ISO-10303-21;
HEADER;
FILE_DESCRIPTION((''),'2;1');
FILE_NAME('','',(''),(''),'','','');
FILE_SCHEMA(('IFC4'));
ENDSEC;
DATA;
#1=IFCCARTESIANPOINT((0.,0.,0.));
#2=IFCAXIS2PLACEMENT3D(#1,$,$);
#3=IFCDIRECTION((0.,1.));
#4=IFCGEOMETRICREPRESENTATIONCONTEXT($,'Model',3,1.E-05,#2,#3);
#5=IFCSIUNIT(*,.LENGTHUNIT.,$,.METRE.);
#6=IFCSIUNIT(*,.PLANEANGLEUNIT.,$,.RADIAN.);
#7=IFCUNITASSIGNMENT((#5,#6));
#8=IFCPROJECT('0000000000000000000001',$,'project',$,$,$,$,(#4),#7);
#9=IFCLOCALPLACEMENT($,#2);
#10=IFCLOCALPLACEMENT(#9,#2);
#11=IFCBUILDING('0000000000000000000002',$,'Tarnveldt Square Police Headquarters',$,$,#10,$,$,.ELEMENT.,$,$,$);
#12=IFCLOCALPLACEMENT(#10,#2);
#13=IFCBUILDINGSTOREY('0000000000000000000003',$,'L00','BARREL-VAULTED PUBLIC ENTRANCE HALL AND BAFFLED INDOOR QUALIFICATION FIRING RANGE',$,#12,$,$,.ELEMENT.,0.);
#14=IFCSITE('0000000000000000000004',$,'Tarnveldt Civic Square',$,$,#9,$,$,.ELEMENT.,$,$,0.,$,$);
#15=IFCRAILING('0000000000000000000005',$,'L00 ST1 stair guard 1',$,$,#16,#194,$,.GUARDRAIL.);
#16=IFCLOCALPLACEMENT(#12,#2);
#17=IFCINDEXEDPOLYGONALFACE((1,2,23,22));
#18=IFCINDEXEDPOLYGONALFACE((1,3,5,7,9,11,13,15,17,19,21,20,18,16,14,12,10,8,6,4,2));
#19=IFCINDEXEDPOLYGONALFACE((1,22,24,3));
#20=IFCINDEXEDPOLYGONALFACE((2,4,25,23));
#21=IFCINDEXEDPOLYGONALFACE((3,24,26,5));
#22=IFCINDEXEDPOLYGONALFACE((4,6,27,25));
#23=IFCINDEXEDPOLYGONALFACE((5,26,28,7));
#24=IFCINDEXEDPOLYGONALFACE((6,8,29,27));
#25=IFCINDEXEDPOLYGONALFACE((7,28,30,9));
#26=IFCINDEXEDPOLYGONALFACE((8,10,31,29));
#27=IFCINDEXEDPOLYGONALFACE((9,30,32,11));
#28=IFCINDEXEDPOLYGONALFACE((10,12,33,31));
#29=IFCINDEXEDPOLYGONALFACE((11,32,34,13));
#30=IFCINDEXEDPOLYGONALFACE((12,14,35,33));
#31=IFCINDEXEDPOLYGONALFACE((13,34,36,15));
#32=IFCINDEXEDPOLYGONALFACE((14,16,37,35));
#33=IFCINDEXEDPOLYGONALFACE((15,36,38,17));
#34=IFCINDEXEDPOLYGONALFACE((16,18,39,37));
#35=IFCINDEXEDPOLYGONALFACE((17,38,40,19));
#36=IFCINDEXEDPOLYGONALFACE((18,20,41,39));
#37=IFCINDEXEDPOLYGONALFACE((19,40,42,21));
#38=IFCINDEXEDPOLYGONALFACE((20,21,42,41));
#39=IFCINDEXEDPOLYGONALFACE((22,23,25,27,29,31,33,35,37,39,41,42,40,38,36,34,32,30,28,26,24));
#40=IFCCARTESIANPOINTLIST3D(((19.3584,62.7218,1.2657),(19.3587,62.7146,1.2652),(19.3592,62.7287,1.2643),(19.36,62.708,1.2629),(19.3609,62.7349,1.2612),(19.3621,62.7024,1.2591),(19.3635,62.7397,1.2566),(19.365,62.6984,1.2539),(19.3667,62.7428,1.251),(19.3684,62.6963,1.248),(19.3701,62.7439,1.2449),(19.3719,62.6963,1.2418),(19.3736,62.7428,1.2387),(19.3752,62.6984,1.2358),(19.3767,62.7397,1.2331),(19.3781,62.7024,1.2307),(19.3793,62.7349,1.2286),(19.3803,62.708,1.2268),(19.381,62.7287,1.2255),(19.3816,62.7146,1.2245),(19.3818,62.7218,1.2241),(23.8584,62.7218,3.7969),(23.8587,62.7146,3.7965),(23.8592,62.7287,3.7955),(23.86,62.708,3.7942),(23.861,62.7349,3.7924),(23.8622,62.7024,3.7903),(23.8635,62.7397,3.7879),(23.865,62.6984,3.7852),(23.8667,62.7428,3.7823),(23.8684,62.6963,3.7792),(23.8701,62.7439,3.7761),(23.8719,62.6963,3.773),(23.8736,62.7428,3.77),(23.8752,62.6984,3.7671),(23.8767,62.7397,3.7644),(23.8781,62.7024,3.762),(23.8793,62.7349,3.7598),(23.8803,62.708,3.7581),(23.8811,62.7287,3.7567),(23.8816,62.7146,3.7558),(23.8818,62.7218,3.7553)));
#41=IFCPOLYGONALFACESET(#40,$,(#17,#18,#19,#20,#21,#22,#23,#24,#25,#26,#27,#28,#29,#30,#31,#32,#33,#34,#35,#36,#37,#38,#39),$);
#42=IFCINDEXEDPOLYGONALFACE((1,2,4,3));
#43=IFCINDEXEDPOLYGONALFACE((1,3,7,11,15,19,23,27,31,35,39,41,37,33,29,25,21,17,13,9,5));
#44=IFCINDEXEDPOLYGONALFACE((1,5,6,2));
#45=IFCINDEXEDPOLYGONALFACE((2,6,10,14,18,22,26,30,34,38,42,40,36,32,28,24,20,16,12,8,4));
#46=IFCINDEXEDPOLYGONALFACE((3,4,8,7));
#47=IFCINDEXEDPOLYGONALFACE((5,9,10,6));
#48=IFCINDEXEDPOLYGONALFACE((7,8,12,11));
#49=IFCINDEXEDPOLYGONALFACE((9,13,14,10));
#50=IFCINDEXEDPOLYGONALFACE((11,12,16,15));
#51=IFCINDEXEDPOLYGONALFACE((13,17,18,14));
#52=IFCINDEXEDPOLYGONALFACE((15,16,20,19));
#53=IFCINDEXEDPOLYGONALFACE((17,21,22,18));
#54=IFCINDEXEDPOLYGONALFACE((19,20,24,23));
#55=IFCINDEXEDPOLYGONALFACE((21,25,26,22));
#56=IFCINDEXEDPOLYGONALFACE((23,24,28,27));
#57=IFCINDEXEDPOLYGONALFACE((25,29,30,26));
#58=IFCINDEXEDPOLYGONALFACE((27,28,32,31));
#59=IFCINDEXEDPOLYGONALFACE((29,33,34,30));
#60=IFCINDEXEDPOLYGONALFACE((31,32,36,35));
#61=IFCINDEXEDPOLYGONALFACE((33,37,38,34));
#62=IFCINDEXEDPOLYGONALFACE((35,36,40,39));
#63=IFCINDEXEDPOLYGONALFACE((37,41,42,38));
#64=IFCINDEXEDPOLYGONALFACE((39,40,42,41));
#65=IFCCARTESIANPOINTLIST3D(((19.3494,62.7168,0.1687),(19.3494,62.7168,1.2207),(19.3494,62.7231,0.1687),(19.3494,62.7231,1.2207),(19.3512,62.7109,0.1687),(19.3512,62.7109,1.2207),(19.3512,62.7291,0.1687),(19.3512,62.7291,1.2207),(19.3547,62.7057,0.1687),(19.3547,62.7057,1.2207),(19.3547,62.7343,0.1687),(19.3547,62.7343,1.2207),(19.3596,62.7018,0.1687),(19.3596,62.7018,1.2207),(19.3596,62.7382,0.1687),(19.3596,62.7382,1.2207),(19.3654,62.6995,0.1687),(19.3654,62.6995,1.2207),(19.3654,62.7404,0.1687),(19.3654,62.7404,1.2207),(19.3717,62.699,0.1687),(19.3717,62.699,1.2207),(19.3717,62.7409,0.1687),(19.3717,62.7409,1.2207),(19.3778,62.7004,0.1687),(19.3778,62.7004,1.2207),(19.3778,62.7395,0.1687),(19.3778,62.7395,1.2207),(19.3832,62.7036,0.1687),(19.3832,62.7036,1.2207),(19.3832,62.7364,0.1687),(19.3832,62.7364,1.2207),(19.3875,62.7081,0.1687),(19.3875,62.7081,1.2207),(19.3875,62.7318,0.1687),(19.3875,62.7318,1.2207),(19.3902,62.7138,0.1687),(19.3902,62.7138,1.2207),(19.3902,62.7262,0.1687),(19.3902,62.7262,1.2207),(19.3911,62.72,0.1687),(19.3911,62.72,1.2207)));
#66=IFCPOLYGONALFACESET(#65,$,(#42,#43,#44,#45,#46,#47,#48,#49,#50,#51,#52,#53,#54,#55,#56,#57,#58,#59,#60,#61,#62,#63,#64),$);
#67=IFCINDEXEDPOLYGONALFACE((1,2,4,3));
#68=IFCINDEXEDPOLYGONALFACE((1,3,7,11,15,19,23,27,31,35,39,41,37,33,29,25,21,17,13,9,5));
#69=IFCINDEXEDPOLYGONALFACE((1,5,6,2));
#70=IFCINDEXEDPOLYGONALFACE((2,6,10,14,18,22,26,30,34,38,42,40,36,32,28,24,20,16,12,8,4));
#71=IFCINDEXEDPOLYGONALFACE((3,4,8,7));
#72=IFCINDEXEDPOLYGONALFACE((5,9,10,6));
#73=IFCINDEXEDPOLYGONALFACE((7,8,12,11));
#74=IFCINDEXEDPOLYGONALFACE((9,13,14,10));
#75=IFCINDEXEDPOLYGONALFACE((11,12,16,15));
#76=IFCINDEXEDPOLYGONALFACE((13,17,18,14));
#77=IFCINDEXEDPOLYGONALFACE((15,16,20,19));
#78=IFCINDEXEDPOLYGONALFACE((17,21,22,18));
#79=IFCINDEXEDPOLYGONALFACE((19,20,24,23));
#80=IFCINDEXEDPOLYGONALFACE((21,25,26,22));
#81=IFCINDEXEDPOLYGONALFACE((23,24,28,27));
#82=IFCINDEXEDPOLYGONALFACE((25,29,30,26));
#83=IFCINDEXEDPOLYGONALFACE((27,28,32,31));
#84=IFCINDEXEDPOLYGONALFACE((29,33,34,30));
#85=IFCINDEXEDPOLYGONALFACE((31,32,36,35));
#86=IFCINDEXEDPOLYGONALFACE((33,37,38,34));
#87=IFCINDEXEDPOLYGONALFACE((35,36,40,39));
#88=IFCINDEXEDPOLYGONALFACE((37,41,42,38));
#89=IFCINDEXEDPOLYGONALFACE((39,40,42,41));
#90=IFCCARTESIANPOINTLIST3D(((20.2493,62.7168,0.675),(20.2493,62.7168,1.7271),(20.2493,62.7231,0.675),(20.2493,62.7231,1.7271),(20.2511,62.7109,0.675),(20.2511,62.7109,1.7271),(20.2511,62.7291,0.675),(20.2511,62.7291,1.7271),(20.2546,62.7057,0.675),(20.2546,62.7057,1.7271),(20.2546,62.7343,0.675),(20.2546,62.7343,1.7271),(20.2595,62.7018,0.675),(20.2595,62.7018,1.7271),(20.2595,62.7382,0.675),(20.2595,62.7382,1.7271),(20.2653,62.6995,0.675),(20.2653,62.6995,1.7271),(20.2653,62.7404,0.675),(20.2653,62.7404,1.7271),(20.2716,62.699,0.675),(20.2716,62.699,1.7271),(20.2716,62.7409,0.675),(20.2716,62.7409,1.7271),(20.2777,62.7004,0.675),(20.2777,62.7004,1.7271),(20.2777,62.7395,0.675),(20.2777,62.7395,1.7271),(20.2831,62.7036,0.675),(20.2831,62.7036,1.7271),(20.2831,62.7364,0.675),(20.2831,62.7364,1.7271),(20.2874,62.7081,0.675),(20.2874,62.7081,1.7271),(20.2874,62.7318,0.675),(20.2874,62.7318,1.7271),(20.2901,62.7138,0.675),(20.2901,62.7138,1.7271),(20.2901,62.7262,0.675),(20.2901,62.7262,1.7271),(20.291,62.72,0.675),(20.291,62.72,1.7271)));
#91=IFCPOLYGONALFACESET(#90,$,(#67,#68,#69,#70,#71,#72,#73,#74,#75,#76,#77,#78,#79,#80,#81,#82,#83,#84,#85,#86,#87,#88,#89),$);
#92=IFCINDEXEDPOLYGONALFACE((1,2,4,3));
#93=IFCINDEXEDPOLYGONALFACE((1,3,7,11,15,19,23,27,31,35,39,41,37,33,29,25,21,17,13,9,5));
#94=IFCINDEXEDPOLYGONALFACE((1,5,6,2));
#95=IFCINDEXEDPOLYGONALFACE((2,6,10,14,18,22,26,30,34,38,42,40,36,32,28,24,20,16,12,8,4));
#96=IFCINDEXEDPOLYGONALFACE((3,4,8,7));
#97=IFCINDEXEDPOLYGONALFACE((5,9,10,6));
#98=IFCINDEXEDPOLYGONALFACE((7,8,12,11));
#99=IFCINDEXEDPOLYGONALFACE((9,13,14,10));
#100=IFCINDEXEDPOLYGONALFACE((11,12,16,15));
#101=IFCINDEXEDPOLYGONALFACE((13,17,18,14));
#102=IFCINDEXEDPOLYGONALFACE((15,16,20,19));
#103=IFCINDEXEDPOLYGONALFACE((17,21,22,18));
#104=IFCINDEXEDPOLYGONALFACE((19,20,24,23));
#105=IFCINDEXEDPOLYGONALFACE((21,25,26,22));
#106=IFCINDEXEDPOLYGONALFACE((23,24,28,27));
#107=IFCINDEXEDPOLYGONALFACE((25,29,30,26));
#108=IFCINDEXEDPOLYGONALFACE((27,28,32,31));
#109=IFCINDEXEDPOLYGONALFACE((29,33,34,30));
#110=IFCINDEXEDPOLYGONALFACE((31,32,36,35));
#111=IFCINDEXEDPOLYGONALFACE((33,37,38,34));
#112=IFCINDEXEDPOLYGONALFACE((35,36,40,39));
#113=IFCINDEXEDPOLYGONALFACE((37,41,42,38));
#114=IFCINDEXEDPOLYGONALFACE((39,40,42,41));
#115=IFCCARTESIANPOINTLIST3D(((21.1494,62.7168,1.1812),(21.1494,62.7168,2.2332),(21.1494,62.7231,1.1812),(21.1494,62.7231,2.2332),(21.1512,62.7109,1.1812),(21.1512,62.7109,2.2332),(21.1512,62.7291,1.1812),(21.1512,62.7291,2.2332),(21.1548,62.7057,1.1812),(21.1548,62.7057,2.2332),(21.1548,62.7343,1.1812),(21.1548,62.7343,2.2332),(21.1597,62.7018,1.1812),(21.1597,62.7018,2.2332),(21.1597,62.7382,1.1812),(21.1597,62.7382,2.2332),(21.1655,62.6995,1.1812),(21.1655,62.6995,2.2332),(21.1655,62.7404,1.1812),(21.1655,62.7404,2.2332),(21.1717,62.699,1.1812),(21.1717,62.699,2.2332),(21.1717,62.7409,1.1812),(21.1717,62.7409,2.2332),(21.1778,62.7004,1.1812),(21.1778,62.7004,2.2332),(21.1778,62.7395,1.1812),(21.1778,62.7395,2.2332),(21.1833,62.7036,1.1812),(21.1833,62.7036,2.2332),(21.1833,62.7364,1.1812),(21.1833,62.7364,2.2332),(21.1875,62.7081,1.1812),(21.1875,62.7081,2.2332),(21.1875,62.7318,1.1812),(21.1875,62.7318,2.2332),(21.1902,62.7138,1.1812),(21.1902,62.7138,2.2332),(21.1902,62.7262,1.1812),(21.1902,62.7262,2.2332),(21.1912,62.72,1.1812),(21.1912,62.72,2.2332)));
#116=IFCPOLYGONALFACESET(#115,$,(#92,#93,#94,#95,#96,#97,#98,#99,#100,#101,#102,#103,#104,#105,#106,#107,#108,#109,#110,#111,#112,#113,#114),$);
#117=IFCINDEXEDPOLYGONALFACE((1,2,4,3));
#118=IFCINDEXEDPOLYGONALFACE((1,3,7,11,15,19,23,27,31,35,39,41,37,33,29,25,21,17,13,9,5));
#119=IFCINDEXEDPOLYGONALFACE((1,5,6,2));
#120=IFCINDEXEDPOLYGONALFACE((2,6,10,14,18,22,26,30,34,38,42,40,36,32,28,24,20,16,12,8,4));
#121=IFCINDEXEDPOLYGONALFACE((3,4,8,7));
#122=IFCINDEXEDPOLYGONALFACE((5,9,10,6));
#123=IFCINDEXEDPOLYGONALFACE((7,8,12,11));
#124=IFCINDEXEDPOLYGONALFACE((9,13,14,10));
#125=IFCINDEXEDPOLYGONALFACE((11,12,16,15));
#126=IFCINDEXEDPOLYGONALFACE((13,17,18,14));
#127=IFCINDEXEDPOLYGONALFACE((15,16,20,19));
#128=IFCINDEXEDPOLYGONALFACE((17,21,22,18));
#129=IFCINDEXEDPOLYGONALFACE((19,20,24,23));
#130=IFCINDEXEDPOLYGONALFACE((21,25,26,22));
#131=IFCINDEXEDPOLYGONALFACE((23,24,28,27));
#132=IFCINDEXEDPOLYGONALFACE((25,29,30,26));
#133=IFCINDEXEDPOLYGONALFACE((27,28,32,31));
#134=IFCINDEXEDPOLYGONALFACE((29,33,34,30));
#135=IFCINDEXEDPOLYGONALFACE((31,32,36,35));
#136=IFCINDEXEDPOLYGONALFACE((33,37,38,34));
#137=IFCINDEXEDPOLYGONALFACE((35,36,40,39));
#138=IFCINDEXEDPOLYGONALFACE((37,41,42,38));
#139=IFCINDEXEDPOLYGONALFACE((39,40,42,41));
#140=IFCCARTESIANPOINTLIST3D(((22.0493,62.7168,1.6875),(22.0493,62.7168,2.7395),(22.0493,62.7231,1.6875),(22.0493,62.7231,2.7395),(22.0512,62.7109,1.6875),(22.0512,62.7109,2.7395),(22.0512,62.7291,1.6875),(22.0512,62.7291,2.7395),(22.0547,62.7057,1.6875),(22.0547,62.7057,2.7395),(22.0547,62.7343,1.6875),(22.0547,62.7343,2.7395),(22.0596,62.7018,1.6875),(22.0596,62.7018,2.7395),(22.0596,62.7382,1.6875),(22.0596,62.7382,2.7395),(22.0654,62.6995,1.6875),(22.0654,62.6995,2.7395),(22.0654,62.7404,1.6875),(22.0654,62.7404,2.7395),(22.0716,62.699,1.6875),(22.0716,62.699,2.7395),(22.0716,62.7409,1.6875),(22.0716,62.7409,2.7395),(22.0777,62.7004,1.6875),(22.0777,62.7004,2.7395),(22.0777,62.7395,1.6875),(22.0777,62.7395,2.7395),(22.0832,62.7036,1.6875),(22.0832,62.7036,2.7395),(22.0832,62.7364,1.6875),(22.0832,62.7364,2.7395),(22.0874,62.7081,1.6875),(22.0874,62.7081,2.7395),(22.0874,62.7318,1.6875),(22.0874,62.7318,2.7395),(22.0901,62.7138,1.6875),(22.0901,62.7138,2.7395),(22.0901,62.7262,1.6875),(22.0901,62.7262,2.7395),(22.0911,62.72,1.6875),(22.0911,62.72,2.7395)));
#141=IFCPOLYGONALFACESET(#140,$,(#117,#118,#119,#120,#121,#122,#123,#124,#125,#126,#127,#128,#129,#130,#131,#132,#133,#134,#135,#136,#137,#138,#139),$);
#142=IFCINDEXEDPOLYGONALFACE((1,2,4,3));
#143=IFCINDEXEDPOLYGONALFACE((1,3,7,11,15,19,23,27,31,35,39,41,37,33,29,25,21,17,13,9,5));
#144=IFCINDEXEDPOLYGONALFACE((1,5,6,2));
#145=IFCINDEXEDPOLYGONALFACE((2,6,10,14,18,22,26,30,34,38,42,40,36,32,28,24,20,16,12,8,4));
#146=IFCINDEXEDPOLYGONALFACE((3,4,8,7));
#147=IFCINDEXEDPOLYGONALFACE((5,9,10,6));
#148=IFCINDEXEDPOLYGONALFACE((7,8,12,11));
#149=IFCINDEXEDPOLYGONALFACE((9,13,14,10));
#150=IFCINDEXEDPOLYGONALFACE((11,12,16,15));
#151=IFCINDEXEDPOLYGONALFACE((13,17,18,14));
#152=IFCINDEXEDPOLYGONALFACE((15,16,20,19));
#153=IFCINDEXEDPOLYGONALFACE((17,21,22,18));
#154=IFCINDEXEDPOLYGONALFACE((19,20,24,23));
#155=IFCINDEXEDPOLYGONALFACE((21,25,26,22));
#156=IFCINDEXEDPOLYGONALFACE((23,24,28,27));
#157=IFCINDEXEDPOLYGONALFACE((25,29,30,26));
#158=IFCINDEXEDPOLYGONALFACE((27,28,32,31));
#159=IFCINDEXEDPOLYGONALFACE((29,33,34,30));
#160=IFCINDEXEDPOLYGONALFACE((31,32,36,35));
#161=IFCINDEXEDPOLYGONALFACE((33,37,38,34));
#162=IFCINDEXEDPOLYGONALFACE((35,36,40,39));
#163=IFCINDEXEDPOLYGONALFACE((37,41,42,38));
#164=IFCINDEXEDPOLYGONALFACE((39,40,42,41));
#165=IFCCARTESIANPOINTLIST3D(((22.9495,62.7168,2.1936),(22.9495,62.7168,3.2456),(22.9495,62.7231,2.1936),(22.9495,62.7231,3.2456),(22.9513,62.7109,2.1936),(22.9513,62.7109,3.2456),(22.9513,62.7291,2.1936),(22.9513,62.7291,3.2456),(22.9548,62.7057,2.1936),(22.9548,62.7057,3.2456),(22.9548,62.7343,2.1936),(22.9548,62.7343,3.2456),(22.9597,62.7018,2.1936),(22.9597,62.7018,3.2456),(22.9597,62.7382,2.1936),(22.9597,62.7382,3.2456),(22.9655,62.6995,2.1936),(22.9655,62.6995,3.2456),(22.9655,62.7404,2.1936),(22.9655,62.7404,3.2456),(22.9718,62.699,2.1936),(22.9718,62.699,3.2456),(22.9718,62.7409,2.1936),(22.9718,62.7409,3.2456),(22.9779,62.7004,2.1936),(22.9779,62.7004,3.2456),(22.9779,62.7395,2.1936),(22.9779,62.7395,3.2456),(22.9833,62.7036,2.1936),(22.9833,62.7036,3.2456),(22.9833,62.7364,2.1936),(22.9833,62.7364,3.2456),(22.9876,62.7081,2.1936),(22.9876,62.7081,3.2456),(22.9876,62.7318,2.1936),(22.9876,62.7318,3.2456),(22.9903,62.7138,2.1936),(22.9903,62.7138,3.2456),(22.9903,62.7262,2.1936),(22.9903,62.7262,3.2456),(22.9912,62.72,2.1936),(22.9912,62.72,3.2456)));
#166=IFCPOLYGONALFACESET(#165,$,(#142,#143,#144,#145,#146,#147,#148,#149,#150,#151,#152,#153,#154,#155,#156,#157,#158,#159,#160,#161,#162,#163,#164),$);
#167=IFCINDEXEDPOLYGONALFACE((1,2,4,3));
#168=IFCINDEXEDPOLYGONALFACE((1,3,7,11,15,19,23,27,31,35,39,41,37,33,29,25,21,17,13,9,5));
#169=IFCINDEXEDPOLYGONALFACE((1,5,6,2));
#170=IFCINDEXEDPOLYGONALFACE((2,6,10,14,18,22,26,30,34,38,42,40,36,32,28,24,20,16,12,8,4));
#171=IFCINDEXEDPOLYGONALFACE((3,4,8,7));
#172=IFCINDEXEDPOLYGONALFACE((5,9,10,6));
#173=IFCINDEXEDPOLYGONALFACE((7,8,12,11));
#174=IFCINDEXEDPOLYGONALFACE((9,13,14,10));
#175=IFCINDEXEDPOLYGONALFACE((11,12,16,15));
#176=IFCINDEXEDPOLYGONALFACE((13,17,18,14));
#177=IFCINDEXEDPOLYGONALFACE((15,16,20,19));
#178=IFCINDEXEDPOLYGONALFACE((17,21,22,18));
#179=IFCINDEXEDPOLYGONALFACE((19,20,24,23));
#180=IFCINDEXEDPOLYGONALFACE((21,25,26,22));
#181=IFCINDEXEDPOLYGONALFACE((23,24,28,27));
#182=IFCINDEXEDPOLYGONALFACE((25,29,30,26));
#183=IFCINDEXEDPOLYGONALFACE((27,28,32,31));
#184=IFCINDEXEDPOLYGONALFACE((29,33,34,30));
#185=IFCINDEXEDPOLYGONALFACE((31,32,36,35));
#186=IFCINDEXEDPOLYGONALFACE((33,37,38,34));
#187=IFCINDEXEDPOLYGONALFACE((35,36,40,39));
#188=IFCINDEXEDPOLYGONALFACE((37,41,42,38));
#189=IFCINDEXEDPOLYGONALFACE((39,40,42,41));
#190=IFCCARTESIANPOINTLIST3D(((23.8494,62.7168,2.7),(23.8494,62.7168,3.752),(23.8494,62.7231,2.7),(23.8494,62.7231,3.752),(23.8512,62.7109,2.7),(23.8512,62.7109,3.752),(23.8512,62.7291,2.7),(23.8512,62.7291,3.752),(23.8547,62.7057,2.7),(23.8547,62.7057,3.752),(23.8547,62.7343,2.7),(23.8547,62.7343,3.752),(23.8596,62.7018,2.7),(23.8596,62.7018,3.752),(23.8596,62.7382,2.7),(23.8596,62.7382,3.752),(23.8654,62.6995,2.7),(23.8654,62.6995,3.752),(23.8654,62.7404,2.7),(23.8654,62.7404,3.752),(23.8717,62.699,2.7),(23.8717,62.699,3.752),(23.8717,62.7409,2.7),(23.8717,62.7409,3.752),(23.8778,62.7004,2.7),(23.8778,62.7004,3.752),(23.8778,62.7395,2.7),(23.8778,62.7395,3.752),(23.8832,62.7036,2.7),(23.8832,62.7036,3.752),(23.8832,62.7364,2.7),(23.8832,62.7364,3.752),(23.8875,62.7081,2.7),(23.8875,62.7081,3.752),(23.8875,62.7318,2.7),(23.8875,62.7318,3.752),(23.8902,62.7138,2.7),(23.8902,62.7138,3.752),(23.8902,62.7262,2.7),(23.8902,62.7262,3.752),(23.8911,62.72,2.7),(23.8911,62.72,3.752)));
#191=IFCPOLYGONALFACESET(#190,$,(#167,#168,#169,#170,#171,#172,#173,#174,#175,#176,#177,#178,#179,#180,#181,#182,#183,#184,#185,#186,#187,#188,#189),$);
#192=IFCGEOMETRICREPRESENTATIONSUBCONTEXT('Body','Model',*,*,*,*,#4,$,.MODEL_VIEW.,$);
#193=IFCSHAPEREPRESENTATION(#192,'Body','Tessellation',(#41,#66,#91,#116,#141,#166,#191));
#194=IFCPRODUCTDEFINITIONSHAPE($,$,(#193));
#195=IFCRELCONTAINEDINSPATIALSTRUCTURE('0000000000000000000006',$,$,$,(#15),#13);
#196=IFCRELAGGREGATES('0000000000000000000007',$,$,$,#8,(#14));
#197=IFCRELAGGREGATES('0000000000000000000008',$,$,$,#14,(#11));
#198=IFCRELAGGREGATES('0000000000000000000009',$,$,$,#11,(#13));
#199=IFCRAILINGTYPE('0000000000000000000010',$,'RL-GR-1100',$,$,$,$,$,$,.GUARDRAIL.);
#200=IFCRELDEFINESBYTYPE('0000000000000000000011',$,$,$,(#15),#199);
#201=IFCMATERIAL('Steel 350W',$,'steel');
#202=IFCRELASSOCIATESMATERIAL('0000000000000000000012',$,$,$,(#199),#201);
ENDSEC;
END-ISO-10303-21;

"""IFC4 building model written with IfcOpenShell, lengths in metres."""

from ifc_helpers import new_model, si_unit, direction, frame, origin, origin_2d, place, context, subcontext, project, spatial, circle, extrude, material, type_object, element, save


model = new_model("IFC4")

# Units and contexts
model_context = context("Model", 3, precision=1e-05, world=origin(), true_north=direction((0.0, 1.0)))
body_context = subcontext(model_context, "Body", "Model", "MODEL_VIEW")
ifc_project = project(units=[si_unit("LENGTHUNIT", "METRE"), si_unit("PLANEANGLEUNIT", "RADIAN")], contexts=[model_context])

# Site, building, storey
site_placement = place(None, origin())
site = spatial("IfcSite", under=ifc_project, at=site_placement, Name="Tarnveldt Civic Square", CompositionType="ELEMENT", RefElevation=0.0)
building_placement = place(site_placement, origin())
building = spatial("IfcBuilding", under=site, at=building_placement, Name="Tarnveldt Square Police Headquarters", CompositionType="ELEMENT")
storey_placement = place(building_placement, origin())
storey = spatial("IfcBuildingStorey", under=building, at=storey_placement, Name="L00", Description="BARREL-VAULTED PUBLIC ENTRANCE HALL AND BAFFLED INDOOR QUALIFICATION FIRING RANGE", CompositionType="ELEMENT", Elevation=0.0)

# Shared definitions
ifc_material_1 = material(Name="Steel 350W", Category="steel")

# Railing
railing_type_1 = type_object("IfcRailingType", Name="RL-GR-1100", PredefinedType="GUARDRAIL", material=ifc_material_1)
railing_1_placement = place(storey_placement, frame((19.3701, 62.72, 0.1687)))
element("IfcRailing", 1, at=railing_1_placement, inside=storey, type_object=railing_type_1, Name="L00 ST1 stair guard 1", PredefinedType="GUARDRAIL", context=body_context, shape_type="SweptSolid", body=[
    extrude(circle(Radius=0.0239, at=origin_2d()), frame((0.0, 0.0, 1.0762), z_axis=(0.871576, 0.0, 0.490261), x_axis=(0.0, 1.0, 0.0)), (0.0, 0.0, 1.0), 5.1631),
    extrude(circle(Radius=0.021, at=origin_2d()), origin(), (0.0, 0.0, 1.0), 1.052),
    extrude(circle(Radius=0.021, at=origin_2d()), frame((0.8999, 0.0, 0.5063)), (0.0, 0.0, 1.0), 1.052),
    extrude(circle(Radius=0.021, at=origin_2d()), frame((1.8, 0.0, 1.0125)), (0.0, 0.0, 1.0), 1.052),
    extrude(circle(Radius=0.021, at=origin_2d()), frame((2.7, 0.0, 1.5188)), (0.0, 0.0, 1.0), 1.052),
    extrude(circle(Radius=0.021, at=origin_2d()), frame((3.6001, 0.0, 2.0249)), (0.0, 0.0, 1.0), 1.052),
    extrude(circle(Radius=0.021, at=origin_2d()), frame((4.5, 0.0, 2.5312)), (0.0, 0.0, 1.0), 1.052),
])

save(model, "model.ifc")
